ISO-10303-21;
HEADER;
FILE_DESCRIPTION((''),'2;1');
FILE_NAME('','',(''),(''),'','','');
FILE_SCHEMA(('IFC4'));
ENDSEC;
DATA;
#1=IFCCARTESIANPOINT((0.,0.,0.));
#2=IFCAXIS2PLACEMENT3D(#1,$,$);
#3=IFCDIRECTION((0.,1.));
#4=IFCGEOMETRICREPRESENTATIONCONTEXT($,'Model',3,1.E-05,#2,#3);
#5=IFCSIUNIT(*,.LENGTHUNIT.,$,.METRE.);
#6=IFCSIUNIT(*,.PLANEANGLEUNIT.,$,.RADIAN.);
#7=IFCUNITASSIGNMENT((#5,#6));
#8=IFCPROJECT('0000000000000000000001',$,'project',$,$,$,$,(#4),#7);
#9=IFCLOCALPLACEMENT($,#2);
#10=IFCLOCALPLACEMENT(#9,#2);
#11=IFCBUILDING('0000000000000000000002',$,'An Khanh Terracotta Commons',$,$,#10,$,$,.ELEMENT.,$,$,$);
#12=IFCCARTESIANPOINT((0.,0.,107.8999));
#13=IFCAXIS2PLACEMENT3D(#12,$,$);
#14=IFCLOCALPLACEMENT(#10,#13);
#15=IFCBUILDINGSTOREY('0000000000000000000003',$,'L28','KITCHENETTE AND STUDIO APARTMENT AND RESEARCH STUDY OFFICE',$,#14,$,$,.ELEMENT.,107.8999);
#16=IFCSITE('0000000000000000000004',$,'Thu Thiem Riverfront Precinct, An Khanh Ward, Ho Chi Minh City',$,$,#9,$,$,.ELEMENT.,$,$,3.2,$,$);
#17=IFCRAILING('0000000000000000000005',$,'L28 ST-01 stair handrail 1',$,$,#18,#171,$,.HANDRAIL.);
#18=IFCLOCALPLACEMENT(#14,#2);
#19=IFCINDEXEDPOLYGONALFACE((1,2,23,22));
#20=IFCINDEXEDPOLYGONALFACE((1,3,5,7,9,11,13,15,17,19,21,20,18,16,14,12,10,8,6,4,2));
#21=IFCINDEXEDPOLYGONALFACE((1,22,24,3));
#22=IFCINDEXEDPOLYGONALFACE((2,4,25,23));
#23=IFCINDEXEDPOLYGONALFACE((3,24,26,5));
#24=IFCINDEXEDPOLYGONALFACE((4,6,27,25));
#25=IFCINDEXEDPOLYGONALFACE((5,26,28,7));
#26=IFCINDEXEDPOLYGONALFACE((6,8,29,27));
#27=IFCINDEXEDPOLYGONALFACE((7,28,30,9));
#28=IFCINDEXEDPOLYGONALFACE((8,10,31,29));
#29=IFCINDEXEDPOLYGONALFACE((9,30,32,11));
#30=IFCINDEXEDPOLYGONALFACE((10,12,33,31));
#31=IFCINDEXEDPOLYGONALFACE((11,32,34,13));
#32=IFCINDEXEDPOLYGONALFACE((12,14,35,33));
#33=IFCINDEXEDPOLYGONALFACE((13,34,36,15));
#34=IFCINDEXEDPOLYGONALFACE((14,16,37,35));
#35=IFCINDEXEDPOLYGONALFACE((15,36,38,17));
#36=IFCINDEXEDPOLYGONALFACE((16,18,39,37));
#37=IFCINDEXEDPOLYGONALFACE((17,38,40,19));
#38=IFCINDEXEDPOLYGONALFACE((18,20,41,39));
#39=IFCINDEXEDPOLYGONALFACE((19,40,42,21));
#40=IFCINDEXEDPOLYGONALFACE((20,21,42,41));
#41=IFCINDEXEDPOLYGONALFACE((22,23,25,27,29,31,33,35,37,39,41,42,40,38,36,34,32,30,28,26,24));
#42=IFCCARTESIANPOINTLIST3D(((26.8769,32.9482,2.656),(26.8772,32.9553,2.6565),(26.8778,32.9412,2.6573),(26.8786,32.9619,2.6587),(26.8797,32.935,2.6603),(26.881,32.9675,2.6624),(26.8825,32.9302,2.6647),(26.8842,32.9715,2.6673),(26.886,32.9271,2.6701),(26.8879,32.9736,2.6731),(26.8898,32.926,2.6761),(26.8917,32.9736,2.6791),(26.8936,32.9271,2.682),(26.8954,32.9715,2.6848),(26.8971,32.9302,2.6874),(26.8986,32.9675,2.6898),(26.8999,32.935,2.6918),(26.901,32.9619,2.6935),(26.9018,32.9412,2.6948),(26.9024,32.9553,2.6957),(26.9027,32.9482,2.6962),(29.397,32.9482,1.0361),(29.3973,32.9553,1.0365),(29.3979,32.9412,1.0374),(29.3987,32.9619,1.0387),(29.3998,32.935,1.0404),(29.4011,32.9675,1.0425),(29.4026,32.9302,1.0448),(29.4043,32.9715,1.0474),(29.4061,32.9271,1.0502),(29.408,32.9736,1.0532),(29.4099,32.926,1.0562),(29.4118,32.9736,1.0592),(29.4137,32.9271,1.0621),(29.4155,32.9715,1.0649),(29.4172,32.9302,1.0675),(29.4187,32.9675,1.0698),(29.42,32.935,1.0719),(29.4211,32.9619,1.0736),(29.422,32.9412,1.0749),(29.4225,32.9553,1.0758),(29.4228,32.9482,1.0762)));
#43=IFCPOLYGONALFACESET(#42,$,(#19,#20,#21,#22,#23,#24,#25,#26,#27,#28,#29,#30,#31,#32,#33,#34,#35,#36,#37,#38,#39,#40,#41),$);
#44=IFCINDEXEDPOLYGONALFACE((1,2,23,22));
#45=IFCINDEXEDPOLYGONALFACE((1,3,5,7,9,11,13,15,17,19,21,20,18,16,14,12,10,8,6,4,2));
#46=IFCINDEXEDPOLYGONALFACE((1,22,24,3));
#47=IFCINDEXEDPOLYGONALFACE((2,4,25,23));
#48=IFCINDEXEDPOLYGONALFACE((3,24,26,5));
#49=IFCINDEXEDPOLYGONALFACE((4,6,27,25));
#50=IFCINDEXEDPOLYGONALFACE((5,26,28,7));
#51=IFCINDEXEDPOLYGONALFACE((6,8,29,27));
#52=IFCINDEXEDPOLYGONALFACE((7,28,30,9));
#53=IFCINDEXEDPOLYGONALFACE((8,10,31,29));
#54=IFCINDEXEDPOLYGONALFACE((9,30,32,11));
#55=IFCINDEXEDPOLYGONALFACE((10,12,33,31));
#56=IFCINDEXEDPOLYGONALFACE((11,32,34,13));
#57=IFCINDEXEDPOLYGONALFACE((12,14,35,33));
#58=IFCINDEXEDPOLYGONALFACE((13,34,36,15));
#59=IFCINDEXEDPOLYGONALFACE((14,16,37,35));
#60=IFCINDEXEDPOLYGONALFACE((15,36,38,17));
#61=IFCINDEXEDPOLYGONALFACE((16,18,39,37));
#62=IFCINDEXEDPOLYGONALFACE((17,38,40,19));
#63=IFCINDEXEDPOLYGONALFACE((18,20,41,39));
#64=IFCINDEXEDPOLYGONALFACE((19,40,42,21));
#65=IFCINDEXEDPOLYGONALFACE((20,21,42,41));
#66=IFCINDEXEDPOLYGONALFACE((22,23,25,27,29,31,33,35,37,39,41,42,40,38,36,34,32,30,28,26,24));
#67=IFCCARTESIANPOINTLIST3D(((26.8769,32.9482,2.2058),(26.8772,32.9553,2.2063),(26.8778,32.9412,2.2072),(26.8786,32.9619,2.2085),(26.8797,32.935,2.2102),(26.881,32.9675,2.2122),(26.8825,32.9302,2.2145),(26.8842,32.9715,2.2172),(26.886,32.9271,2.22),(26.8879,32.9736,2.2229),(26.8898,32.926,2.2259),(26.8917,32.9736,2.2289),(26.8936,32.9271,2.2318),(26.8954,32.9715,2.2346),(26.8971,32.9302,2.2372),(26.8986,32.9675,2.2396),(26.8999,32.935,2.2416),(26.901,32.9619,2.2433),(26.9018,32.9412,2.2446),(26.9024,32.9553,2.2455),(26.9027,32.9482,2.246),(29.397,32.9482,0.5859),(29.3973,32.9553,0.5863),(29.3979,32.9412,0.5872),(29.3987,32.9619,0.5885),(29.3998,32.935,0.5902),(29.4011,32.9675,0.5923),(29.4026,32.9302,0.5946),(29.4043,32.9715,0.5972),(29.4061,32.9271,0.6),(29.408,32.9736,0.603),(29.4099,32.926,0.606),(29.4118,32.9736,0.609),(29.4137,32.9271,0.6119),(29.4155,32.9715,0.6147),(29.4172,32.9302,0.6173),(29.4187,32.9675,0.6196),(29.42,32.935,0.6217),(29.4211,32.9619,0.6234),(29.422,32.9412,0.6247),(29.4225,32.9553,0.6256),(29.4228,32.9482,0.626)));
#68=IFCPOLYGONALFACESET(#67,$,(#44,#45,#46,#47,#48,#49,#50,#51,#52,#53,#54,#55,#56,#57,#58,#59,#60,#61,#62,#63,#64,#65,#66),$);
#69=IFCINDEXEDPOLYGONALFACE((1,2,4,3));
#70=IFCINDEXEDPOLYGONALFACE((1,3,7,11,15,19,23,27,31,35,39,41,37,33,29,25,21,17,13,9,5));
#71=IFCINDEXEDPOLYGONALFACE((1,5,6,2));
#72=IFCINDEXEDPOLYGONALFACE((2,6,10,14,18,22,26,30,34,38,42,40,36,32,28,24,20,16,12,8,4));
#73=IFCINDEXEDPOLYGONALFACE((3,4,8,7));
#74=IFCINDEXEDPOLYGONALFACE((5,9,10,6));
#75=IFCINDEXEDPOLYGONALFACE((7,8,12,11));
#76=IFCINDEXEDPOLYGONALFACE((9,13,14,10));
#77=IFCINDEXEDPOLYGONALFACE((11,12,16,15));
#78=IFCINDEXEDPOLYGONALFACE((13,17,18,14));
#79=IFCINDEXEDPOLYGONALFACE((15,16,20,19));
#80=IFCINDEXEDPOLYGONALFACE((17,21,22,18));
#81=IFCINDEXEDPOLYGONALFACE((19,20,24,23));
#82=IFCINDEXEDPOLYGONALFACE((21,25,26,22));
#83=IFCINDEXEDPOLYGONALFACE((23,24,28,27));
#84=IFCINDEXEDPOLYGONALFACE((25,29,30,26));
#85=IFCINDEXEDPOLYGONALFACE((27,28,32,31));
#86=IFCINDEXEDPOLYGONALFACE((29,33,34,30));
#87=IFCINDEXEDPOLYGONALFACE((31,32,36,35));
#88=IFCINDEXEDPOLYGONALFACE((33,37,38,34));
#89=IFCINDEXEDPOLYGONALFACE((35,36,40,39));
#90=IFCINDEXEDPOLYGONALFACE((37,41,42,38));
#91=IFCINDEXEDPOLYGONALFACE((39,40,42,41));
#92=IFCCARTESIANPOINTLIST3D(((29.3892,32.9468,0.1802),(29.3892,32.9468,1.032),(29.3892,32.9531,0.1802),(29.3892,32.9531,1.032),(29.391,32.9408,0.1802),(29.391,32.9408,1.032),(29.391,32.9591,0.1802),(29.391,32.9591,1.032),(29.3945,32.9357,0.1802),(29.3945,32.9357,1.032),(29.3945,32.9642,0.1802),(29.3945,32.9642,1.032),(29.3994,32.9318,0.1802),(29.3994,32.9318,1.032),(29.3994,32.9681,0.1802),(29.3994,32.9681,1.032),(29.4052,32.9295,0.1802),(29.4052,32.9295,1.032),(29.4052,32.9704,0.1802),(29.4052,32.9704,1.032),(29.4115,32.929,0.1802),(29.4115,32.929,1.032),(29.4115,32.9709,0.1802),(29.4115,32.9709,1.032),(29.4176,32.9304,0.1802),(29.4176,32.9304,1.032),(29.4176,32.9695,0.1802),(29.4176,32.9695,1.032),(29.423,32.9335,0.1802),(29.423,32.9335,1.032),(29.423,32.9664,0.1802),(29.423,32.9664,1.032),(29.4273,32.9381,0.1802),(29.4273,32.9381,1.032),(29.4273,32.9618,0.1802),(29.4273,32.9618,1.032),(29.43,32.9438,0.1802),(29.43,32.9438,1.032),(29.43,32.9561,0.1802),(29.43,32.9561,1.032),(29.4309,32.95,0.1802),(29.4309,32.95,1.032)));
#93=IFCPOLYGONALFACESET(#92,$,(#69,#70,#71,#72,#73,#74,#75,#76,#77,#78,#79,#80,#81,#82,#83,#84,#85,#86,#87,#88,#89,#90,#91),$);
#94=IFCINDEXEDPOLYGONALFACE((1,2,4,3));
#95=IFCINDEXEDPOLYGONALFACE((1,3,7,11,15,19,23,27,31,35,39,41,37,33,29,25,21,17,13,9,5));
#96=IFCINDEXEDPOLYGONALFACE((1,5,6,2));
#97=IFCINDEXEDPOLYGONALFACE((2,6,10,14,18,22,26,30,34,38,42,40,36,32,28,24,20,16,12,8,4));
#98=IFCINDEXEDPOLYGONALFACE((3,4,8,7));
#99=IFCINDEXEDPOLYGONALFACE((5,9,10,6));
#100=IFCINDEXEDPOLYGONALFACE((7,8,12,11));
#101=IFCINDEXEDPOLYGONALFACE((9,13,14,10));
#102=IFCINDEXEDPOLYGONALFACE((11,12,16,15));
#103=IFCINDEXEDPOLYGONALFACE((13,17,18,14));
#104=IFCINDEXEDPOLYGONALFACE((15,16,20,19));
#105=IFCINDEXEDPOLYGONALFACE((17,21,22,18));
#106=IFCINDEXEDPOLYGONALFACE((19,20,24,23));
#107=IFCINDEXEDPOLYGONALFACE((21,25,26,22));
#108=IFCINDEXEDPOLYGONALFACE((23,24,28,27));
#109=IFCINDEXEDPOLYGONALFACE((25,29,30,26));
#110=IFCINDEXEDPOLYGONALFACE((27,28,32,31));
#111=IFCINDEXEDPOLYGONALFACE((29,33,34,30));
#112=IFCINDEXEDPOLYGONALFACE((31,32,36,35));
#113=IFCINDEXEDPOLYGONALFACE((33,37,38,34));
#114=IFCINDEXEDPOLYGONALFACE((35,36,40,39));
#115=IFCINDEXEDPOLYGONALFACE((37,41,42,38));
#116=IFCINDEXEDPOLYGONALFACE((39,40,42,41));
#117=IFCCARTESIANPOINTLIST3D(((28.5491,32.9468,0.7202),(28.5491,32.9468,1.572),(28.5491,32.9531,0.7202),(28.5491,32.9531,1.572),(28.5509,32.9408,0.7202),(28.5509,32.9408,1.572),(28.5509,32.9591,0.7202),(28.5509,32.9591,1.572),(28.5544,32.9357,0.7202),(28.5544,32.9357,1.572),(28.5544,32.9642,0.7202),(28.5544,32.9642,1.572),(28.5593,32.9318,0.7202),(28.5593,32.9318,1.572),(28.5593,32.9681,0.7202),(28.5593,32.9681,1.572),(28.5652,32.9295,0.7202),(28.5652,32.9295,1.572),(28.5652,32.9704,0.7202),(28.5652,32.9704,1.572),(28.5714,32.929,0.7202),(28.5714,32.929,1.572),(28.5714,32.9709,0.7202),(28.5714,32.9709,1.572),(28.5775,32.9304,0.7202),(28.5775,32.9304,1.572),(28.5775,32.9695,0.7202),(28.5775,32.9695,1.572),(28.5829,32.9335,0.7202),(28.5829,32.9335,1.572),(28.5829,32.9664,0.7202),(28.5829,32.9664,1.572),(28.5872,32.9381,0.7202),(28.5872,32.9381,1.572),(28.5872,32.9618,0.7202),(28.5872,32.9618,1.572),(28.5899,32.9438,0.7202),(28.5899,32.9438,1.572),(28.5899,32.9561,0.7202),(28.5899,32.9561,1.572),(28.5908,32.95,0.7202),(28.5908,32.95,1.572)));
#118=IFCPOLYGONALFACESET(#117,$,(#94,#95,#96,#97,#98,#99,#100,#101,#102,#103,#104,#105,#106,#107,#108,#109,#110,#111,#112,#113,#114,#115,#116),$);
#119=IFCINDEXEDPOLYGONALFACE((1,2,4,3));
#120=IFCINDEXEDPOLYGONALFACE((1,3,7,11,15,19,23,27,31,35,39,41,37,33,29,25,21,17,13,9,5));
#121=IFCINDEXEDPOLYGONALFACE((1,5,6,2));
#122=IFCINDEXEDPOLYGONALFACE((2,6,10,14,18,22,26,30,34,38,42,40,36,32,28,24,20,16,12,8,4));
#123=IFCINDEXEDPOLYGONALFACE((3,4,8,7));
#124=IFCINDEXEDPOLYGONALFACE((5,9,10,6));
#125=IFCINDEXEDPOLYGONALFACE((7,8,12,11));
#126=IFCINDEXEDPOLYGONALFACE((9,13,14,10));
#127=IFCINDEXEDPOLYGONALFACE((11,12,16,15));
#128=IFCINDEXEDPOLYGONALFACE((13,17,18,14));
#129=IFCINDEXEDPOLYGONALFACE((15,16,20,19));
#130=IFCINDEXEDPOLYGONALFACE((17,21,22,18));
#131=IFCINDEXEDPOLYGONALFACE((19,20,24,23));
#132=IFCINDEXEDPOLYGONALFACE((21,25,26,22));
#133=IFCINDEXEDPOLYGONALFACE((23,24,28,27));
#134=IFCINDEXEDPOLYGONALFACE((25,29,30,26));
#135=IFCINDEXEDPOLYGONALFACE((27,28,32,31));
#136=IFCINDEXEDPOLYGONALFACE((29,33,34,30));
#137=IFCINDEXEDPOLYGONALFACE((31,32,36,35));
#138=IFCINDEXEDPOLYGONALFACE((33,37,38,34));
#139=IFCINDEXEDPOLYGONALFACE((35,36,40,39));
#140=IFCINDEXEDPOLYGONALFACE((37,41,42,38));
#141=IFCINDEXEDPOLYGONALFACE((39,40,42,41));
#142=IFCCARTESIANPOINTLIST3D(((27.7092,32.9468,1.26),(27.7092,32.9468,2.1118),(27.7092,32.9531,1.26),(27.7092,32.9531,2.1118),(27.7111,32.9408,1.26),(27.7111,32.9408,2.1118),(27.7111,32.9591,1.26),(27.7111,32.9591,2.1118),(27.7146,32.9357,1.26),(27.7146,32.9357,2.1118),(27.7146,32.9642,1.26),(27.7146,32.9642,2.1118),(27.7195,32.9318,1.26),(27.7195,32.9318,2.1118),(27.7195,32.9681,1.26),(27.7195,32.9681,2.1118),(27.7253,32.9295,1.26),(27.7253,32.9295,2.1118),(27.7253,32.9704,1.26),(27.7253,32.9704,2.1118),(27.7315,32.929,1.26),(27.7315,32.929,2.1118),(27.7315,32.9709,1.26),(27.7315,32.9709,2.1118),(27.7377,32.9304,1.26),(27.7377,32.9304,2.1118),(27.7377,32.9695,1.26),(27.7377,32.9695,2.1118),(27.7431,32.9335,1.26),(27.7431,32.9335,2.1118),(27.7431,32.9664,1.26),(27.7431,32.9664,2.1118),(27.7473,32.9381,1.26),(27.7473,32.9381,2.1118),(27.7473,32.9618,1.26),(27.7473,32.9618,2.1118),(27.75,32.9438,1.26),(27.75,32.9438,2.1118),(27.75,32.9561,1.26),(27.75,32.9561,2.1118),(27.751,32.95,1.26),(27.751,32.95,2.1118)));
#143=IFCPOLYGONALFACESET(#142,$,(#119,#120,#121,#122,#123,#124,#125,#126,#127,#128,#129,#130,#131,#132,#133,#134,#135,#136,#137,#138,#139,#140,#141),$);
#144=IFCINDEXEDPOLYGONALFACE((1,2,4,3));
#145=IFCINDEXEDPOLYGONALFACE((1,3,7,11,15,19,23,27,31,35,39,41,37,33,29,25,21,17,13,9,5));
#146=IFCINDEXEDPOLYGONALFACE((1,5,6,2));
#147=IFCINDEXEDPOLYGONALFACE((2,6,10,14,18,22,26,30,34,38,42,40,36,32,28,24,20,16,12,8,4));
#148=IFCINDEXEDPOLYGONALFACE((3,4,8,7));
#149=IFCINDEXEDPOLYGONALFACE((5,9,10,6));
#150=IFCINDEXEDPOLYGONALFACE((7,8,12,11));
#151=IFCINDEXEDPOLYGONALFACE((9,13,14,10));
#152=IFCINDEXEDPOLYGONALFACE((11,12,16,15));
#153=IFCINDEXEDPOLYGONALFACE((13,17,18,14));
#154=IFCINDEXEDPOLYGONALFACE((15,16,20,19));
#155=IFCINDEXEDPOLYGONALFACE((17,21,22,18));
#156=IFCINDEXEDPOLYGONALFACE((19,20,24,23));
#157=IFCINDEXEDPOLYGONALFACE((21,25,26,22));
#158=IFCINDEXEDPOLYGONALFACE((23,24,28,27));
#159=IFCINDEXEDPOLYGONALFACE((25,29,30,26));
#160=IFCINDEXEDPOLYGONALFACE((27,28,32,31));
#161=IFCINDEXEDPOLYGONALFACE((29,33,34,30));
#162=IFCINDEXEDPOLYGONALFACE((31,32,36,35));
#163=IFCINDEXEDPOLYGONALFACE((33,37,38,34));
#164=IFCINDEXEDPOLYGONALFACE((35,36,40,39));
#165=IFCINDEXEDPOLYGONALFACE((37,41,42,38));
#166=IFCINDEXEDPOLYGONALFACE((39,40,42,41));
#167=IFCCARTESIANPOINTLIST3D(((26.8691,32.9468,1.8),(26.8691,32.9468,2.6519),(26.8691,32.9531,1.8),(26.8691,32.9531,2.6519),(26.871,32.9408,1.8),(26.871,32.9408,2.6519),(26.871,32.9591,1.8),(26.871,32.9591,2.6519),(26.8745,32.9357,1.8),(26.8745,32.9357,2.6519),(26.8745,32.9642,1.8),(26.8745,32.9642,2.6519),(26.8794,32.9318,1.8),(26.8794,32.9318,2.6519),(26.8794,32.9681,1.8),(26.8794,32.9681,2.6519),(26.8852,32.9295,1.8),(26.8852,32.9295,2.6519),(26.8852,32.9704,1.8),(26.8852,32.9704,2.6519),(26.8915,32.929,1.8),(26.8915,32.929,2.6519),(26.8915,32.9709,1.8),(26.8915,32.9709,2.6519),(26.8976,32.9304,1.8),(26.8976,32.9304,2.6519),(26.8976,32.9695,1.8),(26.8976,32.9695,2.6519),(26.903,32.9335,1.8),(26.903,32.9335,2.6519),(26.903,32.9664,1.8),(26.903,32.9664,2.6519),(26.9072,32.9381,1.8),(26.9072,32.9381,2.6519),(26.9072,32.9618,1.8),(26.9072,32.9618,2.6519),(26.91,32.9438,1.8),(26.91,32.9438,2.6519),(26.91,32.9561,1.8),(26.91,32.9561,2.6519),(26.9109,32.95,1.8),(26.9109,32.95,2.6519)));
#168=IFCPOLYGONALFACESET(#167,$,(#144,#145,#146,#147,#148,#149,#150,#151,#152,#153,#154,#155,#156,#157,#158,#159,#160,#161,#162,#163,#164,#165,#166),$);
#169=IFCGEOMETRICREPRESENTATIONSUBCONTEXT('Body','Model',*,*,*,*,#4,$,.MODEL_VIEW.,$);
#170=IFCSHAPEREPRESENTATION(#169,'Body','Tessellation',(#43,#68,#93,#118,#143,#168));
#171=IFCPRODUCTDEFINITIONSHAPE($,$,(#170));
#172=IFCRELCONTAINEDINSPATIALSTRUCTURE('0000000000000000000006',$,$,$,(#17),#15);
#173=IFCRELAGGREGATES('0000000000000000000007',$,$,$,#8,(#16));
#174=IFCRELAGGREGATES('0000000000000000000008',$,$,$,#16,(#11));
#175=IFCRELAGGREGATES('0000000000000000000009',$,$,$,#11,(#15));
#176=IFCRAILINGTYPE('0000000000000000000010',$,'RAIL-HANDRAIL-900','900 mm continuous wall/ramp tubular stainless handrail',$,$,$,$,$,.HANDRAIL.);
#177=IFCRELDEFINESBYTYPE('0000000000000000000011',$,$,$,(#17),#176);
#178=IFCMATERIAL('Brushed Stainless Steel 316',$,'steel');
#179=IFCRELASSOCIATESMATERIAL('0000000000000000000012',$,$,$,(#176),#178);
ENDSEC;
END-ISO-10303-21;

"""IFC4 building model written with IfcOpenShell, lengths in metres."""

from ifc_helpers import new_model, si_unit, direction, frame, origin, origin_2d, place, context, subcontext, project, spatial, circle, extrude, material, type_object, element, save


model = new_model("IFC4")

# Units and contexts
model_context = context("Model", 3, precision=1e-05, world=origin(), true_north=direction((0.0, 1.0)))
body_context = subcontext(model_context, "Body", "Model", "MODEL_VIEW")
ifc_project = project(units=[si_unit("LENGTHUNIT", "METRE"), si_unit("PLANEANGLEUNIT", "RADIAN")], contexts=[model_context])

# Site, building, storey
site_placement = place(None, origin())
site = spatial("IfcSite", under=ifc_project, at=site_placement, Name="Thu Thiem Riverfront Precinct, An Khanh Ward, Ho Chi Minh City", CompositionType="ELEMENT", RefElevation=3.2)
building_placement = place(site_placement, origin())
building = spatial("IfcBuilding", under=site, at=building_placement, Name="An Khanh Terracotta Commons", CompositionType="ELEMENT")
storey_placement = place(building_placement, frame((0.0, 0.0, 107.8999)))
storey = spatial("IfcBuildingStorey", under=building, at=storey_placement, Name="L28", Description="KITCHENETTE AND STUDIO APARTMENT AND RESEARCH STUDY OFFICE", CompositionType="ELEMENT", Elevation=107.8999)

# Railing
ifc_material_1 = material(Name="Brushed Stainless Steel 316", Category="steel")
railing_type_1 = type_object("IfcRailingType", Name="RAIL-HANDRAIL-900", Description="900 mm continuous wall/ramp tubular stainless handrail", PredefinedType="HANDRAIL", material=ifc_material_1)
railing_1_placement = place(storey_placement, frame((29.4099, 32.95, 0.1802)))
element("IfcRailing", 1, at=railing_1_placement, inside=storey, type_object=railing_type_1, Name="L28 ST-01 stair handrail 1", PredefinedType="HANDRAIL", context=body_context, shape_type="SweptSolid", body=[
    extrude(circle(Radius=0.0239, at=origin_2d()), frame((0.0, 0.0, 0.876), z_axis=(-0.8412, 0.0, 0.540725), x_axis=(0.0, -1.0, 0.0)), (0.0, 0.0, 1.0), 2.9958),
    extrude(circle(Radius=0.0239, at=origin_2d()), frame((0.0, 0.0, 0.4258), z_axis=(-0.8412, 0.0, 0.540725), x_axis=(0.0, -1.0, 0.0)), (0.0, 0.0, 1.0), 2.9958),
    extrude(circle(Radius=0.021, at=origin_2d()), origin(), (0.0, 0.0, 1.0), 0.8518),
    extrude(circle(Radius=0.021, at=origin_2d()), frame((-0.8401, 0.0, 0.54)), (0.0, 0.0, 1.0), 0.8518),
    extrude(circle(Radius=0.021, at=origin_2d()), frame((-1.6799, 0.0, 1.0798)), (0.0, 0.0, 1.0), 0.8518),
    extrude(circle(Radius=0.021, at=origin_2d()), frame((-2.52, 0.0, 1.6199)), (0.0, 0.0, 1.0), 0.8518),
])

save(model, "model.ifc")
